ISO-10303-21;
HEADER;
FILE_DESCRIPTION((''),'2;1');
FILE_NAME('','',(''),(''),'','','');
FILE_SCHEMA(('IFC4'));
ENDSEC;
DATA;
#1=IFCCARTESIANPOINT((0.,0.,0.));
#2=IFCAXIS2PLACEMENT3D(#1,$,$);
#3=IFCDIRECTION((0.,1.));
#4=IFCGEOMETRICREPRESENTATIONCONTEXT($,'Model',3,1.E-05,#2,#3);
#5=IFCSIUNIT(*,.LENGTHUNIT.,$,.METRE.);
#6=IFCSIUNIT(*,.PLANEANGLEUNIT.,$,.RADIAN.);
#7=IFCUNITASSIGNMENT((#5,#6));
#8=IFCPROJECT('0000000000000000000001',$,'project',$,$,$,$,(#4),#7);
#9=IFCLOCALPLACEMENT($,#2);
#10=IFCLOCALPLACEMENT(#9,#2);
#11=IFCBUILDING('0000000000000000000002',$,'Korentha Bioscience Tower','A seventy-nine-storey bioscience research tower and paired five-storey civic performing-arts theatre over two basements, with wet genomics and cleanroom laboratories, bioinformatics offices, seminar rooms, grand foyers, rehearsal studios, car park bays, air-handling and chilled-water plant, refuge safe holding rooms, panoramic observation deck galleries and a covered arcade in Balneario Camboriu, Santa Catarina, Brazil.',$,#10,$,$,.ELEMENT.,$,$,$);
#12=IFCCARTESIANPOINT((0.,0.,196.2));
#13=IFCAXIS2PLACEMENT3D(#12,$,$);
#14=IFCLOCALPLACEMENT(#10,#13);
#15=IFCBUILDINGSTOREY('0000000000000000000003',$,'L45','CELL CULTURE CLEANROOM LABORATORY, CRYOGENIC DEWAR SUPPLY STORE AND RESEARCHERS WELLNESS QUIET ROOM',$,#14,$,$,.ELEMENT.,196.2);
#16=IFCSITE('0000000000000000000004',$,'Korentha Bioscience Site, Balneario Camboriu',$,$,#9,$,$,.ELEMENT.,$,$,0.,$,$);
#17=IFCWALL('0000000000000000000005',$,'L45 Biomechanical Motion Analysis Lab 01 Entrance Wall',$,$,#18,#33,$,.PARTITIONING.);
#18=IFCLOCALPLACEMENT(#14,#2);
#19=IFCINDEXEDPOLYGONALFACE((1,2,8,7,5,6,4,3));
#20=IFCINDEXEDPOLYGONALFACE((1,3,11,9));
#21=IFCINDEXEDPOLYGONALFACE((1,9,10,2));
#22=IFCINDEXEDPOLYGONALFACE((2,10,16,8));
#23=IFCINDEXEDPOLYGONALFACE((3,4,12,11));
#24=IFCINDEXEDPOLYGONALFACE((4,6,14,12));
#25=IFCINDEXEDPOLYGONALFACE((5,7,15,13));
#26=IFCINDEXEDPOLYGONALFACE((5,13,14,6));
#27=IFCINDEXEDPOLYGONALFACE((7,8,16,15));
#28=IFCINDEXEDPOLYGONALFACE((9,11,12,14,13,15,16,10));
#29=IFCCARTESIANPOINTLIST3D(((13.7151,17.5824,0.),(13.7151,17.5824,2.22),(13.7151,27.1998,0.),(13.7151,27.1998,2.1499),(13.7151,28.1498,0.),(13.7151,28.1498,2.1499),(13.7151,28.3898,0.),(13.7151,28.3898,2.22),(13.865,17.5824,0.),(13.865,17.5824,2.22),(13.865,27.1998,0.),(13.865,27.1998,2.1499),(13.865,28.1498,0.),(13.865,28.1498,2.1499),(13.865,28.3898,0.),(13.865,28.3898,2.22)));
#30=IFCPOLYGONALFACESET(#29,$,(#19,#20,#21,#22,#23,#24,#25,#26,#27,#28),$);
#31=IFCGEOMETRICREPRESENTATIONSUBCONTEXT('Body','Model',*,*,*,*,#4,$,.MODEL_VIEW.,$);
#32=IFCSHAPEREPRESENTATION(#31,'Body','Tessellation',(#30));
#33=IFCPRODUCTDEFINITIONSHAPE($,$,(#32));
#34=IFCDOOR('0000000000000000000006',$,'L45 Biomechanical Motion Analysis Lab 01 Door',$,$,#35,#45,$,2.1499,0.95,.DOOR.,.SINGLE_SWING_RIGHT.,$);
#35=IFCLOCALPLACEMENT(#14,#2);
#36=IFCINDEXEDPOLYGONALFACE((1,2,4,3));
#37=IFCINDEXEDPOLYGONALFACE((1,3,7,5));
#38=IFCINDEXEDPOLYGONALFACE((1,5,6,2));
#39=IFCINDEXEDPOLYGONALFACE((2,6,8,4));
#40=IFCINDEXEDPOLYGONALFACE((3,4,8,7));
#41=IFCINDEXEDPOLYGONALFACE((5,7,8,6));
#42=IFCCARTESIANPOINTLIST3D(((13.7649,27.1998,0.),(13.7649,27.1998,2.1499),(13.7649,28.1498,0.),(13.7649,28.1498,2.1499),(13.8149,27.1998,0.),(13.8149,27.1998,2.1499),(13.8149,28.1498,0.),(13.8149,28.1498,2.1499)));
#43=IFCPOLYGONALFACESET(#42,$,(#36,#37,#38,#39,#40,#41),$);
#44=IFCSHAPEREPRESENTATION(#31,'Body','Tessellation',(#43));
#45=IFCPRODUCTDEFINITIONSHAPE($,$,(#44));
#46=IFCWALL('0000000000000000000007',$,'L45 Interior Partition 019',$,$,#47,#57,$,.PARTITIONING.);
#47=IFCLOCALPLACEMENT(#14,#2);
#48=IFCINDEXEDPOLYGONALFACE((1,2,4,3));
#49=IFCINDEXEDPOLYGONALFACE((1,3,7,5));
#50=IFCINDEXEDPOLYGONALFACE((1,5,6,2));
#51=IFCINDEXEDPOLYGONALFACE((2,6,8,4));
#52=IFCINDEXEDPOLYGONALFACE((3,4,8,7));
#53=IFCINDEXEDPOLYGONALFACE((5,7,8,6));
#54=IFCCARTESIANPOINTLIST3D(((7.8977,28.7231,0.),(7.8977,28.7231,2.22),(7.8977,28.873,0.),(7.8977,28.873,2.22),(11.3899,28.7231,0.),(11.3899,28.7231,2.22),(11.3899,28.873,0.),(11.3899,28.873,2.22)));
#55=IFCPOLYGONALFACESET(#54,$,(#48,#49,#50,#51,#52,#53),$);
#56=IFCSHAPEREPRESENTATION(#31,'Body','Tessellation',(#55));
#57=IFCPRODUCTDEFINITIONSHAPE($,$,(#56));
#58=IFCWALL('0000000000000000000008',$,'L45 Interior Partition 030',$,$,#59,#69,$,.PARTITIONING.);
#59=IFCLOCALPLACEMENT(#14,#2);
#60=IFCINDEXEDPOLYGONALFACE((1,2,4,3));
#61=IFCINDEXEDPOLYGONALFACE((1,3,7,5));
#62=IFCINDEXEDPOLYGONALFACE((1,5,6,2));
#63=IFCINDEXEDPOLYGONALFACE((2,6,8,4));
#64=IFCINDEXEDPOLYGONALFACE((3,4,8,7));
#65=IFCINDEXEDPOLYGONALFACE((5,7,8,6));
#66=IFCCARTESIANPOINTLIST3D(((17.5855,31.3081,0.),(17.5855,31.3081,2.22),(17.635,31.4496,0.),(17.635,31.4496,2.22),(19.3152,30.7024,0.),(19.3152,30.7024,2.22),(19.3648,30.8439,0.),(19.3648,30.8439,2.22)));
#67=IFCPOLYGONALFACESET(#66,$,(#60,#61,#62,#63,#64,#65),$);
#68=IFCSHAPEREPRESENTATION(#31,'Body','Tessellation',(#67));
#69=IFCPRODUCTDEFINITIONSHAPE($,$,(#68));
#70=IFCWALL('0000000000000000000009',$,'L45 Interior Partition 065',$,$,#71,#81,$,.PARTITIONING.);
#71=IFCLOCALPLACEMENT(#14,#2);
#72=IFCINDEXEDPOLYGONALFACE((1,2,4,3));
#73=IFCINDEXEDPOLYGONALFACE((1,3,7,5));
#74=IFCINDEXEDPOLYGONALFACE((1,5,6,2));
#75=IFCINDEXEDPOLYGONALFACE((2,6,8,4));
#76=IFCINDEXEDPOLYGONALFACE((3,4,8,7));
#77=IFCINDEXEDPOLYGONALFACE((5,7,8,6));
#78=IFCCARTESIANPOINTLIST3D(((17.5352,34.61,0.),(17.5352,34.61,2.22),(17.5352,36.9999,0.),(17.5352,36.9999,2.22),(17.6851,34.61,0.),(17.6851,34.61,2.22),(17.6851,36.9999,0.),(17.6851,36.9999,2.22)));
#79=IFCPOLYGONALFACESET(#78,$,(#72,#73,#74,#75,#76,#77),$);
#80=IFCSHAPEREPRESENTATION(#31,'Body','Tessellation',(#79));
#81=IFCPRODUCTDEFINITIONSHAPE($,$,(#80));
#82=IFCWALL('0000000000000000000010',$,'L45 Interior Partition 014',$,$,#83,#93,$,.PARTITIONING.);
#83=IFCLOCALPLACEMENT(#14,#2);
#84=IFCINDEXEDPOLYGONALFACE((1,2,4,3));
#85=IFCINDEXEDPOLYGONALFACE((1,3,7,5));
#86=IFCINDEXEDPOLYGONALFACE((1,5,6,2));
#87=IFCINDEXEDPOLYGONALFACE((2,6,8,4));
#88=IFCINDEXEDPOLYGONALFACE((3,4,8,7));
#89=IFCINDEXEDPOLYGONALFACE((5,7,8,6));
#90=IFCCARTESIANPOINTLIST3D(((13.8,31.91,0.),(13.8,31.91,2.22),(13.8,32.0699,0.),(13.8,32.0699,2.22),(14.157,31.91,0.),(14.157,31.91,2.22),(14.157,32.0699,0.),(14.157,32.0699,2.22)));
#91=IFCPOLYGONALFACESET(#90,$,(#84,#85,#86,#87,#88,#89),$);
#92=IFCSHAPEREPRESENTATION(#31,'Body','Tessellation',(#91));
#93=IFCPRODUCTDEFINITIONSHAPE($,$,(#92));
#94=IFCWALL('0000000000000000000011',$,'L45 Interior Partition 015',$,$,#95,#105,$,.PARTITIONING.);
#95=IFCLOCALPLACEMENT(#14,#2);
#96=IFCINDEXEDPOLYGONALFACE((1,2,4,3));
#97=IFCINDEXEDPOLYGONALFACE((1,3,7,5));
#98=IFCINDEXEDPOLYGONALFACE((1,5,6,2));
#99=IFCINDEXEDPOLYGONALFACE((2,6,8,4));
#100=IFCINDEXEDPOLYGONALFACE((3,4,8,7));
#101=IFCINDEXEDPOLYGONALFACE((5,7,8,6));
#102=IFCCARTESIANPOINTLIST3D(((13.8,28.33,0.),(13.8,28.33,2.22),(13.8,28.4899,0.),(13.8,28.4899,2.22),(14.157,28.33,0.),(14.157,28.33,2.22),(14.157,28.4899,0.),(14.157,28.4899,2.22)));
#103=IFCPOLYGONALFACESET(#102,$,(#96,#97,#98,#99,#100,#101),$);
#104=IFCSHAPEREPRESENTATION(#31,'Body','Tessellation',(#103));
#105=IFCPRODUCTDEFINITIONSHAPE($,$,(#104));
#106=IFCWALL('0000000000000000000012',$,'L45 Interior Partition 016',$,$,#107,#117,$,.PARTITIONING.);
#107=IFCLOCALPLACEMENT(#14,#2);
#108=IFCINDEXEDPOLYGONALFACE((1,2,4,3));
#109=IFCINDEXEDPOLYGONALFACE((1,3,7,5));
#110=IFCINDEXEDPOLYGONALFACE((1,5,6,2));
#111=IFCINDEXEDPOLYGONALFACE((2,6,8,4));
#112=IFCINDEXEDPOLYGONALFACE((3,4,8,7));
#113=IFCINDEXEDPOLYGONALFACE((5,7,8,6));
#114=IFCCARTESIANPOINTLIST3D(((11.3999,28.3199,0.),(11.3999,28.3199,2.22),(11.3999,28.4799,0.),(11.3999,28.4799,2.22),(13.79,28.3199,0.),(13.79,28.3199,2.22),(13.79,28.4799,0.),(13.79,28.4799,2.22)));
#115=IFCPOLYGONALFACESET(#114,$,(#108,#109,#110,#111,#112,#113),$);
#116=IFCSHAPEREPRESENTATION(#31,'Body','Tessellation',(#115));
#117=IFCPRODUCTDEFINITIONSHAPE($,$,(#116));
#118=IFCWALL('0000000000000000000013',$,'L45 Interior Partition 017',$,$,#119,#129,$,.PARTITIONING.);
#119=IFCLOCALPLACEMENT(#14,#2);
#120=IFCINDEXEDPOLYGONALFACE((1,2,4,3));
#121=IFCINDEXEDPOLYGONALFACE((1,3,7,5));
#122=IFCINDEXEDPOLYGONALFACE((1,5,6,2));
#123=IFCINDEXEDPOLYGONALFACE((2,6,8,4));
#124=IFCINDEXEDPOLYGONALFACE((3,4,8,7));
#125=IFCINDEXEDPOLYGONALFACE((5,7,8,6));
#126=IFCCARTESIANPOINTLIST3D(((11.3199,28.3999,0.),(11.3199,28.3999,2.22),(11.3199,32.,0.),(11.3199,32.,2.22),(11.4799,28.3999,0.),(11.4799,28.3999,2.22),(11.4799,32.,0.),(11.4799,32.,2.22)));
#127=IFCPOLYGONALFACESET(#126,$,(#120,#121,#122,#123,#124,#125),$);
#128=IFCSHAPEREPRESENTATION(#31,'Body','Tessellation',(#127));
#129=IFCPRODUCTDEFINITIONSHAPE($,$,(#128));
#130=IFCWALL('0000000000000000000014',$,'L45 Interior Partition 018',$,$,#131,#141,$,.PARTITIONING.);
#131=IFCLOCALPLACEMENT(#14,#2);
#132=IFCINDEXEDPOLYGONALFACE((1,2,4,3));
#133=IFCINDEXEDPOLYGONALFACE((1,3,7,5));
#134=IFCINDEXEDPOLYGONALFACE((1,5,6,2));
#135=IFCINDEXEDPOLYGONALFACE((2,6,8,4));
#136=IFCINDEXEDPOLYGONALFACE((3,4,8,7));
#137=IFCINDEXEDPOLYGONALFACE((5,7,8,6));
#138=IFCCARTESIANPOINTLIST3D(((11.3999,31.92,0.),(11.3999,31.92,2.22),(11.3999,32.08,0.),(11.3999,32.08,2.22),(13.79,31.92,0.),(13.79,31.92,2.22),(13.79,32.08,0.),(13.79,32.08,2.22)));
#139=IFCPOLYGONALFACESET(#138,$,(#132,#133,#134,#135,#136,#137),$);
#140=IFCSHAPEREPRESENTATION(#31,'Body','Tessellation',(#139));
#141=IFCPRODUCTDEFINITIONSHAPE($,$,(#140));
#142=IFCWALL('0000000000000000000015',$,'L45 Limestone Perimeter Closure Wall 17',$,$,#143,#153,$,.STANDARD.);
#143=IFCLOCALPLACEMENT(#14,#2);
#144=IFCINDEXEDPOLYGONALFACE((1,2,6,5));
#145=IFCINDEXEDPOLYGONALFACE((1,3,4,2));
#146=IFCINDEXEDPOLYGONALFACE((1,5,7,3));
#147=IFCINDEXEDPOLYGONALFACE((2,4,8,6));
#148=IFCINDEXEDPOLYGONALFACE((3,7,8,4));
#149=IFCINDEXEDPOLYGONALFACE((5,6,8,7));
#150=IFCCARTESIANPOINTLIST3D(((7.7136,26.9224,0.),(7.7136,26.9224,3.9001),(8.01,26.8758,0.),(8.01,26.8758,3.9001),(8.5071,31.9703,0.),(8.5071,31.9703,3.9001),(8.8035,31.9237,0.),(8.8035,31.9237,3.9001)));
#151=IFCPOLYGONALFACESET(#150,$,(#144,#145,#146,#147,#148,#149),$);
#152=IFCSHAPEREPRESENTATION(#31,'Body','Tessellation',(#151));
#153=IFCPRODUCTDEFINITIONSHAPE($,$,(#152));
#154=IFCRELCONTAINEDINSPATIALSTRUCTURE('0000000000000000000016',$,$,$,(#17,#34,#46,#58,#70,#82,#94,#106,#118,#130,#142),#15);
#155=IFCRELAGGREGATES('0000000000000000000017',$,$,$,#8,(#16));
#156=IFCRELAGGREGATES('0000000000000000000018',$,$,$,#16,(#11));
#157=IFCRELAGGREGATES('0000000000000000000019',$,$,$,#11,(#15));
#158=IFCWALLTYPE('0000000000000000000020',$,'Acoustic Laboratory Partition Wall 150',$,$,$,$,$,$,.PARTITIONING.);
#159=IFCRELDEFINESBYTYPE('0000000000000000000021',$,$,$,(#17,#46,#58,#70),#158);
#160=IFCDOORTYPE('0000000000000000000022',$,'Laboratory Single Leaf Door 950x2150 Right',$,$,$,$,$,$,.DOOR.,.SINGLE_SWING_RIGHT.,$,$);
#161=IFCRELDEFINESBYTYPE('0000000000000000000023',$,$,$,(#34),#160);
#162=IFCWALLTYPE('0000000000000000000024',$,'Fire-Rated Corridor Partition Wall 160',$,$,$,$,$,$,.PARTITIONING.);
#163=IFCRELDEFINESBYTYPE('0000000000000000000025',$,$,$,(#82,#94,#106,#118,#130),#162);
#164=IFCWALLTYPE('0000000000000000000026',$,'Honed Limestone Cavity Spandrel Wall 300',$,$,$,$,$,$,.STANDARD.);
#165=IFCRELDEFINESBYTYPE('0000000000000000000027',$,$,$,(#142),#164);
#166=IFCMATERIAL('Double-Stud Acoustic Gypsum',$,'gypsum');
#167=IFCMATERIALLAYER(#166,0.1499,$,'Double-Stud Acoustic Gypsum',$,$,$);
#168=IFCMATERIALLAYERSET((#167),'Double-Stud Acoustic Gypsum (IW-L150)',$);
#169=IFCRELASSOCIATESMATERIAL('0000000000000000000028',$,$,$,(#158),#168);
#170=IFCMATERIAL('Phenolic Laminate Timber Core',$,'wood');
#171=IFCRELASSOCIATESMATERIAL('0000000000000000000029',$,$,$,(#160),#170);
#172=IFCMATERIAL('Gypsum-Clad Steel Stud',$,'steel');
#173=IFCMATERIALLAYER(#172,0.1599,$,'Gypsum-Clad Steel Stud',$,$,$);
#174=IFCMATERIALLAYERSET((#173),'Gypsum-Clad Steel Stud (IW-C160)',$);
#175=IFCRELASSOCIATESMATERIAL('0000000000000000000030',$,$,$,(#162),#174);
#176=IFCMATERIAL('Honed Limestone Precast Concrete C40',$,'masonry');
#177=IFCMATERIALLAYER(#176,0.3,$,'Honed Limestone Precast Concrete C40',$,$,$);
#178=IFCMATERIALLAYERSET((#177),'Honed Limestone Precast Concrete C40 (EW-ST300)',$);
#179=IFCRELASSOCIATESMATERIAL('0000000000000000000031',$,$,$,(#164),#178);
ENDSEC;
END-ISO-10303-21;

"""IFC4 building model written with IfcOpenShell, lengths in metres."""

from ifc_helpers import new_model, si_unit, direction, frame, frame_2d, origin, place, context, subcontext, project, spatial, rectangle, extrude, material, layer, layer_set, type_object, element, fill, save


model = new_model("IFC4")

# Units and contexts
model_context = context("Model", 3, precision=1e-05, world=origin(), true_north=direction((0.0, 1.0)))
body_context = subcontext(model_context, "Body", "Model", "MODEL_VIEW")
ifc_project = project(units=[si_unit("LENGTHUNIT", "METRE"), si_unit("PLANEANGLEUNIT", "RADIAN")], contexts=[model_context])

# Site, building, storey
site_placement = place(None, origin())
site = spatial("IfcSite", under=ifc_project, at=site_placement, Name="Korentha Bioscience Site, Balneario Camboriu", CompositionType="ELEMENT", RefElevation=0.0)
building_placement = place(site_placement, origin())
building = spatial("IfcBuilding", under=site, at=building_placement, Name="Korentha Bioscience Tower", Description="A seventy-nine-storey bioscience research tower and paired five-storey civic performing-arts theatre over two basements, with wet genomics and cleanroom laboratories, bioinformatics offices, seminar rooms, grand foyers, rehearsal studios, car park bays, air-handling and chilled-water plant, refuge safe holding rooms, panoramic observation deck galleries and a covered arcade in Balneario Camboriu, Santa Catarina, Brazil.", CompositionType="ELEMENT")
storey_placement = place(building_placement, frame((0.0, 0.0, 196.2)))
storey = spatial("IfcBuildingStorey", under=building, at=storey_placement, Name="L45", Description="CELL CULTURE CLEANROOM LABORATORY, CRYOGENIC DEWAR SUPPLY STORE AND RESEARCHERS WELLNESS QUIET ROOM", CompositionType="ELEMENT", Elevation=196.2)

# Wall, opening, door
ifc_material_1 = material(Name="Double-Stud Acoustic Gypsum", Category="gypsum")
ifc_layer_1 = layer(ifc_material_1, 0.1499, Name="Double-Stud Acoustic Gypsum")
ifc_layer_set_1 = layer_set([ifc_layer_1], Name="Double-Stud Acoustic Gypsum (IW-L150)")
wall_type_1 = type_object("IfcWallType", Name="Acoustic Laboratory Partition Wall 150", PredefinedType="PARTITIONING", material=ifc_layer_set_1)
wall_1_placement = place(storey_placement, frame((13.79, 28.3899, 0.0), z_axis=(0.0, 0.0, 1.0), x_axis=(0.0, -1.0, 0.0)))
wall_1 = element("IfcWall", 1, at=wall_1_placement, inside=storey, type_object=wall_type_1, Name="L45 Biomechanical Motion Analysis Lab 01 Entrance Wall", PredefinedType="PARTITIONING", context=body_context, shape_type="SweptSolid", body=[
    extrude(rectangle(XDim=10.8074, YDim=0.1499, at=frame_2d((5.4038, 0.0))), origin(), (0.0, 0.0, 1.0), 2.22),
])
opening_1_placement = place(wall_1_placement, frame((0.24, 0.0, 0.0)))
opening_1 = element("IfcOpeningElement", 2, at=opening_1_placement, cuts=wall_1, PredefinedType="OPENING", context=body_context, shape_type="SweptSolid", body=[
    extrude(rectangle(XDim=0.95, YDim=2.1499, at=frame_2d((0.4751, 1.075))), frame((0.0, 0.0898, 0.0), z_axis=(0.0, -1.0, 0.0), x_axis=(1.0, 0.0, 0.0)), (0.0, 0.0, 1.0), 0.1797),
])
ifc_material_2 = material(Name="Phenolic Laminate Timber Core", Category="wood")
door_type_1 = type_object("IfcDoorType", Name="Laboratory Single Leaf Door 950x2150 Right", OperationType="SINGLE_SWING_RIGHT", PredefinedType="DOOR", material=ifc_material_2)
door_1_placement = place(opening_1_placement, origin())
door_1 = element("IfcDoor", 3, at=door_1_placement, inside=storey, type_object=door_type_1, Name="L45 Biomechanical Motion Analysis Lab 01 Door", OperationType="SINGLE_SWING_RIGHT", OverallHeight=2.1499, OverallWidth=0.95, PredefinedType="DOOR", context=body_context, shape_type="SweptSolid", body=[
    extrude(rectangle(XDim=0.95, YDim=2.1499, at=frame_2d((0.4751, 1.075))), frame((0.0, 0.0249, 0.0), z_axis=(0.0, -1.0, 0.0), x_axis=(1.0, 0.0, 0.0)), (0.0, 0.0, 1.0), 0.05),
])
fill(opening_1, door_1)

# Walls
wall_2_placement = place(storey_placement, frame((7.8977, 28.7981, 0.0), z_axis=(0.0, 0.0, 1.0), x_axis=(1.0, 0.0, 0.0)))
element("IfcWall", 4, at=wall_2_placement, inside=storey, type_object=wall_type_1, Name="L45 Interior Partition 019", PredefinedType="PARTITIONING", context=body_context, shape_type="SweptSolid", body=[
    extrude(rectangle(XDim=3.4922, YDim=0.1499, at=frame_2d((1.7461, 0.0))), origin(), (0.0, 0.0, 1.0), 2.22),
])
wall_3_placement = place(storey_placement, frame((17.6101, 31.3789, 0.0), z_axis=(0.0, 0.0, 1.0), x_axis=(0.943806, -0.330499, 0.0)))
element("IfcWall", 5, at=wall_3_placement, inside=storey, type_object=wall_type_1, Name="L45 Interior Partition 030", PredefinedType="PARTITIONING", context=body_context, shape_type="SweptSolid", body=[
    extrude(rectangle(XDim=1.8328, YDim=0.1499, at=frame_2d((0.9165, 0.0))), origin(), (0.0, 0.0, 1.0), 2.22),
])
wall_4_placement = place(storey_placement, frame((17.6101, 34.6101, 0.0), z_axis=(0.0, 0.0, 1.0), x_axis=(0.0, 1.0, 0.0)))
element("IfcWall", 6, at=wall_4_placement, inside=storey, type_object=wall_type_1, Name="L45 Interior Partition 065", PredefinedType="PARTITIONING", context=body_context, shape_type="SweptSolid", body=[
    extrude(rectangle(XDim=2.3899, YDim=0.1499, at=frame_2d((1.1948, 0.0))), origin(), (0.0, 0.0, 1.0), 2.22),
])

# Shared definitions
ifc_material_3 = material(Name="Gypsum-Clad Steel Stud", Category="steel")
ifc_layer_2 = layer(ifc_material_3, 0.1599, Name="Gypsum-Clad Steel Stud")
ifc_layer_set_2 = layer_set([ifc_layer_2], Name="Gypsum-Clad Steel Stud (IW-C160)")
wall_type_2 = type_object("IfcWallType", Name="Fire-Rated Corridor Partition Wall 160", PredefinedType="PARTITIONING", material=ifc_layer_set_2)

# Walls
for number, where, z_axis, x_axis, name in (
    (7, (13.8, 31.99, 0.0), (0.0, 0.0, 1.0), (1.0, 0.0, 0.0), "L45 Interior Partition 014"),
    (8, (14.157, 28.4099, 0.0), (0.0, 0.0, 1.0), (-1.0, 0.0, 0.0), "L45 Interior Partition 015"),
):
    element("IfcWall", number, at=place(storey_placement, frame(where, z_axis=z_axis, x_axis=x_axis)), inside=storey, type_object=wall_type_2, Name=name, PredefinedType="PARTITIONING", context=body_context, shape_type="SweptSolid", body=[
        extrude(rectangle(XDim=0.3569, YDim=0.1599, at=frame_2d((0.1785, 0.0))), origin(), (0.0, 0.0, 1.0), 2.22),
    ])
wall_5_placement = place(storey_placement, frame((13.79, 28.3999, 0.0), z_axis=(0.0, 0.0, 1.0), x_axis=(-1.0, 0.0, 0.0)))
element("IfcWall", 9, at=wall_5_placement, inside=storey, type_object=wall_type_2, Name="L45 Interior Partition 016", PredefinedType="PARTITIONING", context=body_context, shape_type="SweptSolid", body=[
    extrude(rectangle(XDim=2.3901, YDim=0.1599, at=frame_2d((1.1951, 0.0))), origin(), (0.0, 0.0, 1.0), 2.22),
])
wall_6_placement = place(storey_placement, frame((11.3999, 28.3999, 0.0), z_axis=(0.0, 0.0, 1.0), x_axis=(0.0, 1.0, 0.0)))
element("IfcWall", 10, at=wall_6_placement, inside=storey, type_object=wall_type_2, Name="L45 Interior Partition 017", PredefinedType="PARTITIONING", context=body_context, shape_type="SweptSolid", body=[
    extrude(rectangle(XDim=3.6001, YDim=0.1599, at=frame_2d((1.8, 0.0))), origin(), (0.0, 0.0, 1.0), 2.22),
])
wall_7_placement = place(storey_placement, frame((11.3999, 32.0, 0.0), z_axis=(0.0, 0.0, 1.0), x_axis=(1.0, 0.0, 0.0)))
element("IfcWall", 11, at=wall_7_placement, inside=storey, type_object=wall_type_2, Name="L45 Interior Partition 018", PredefinedType="PARTITIONING", context=body_context, shape_type="SweptSolid", body=[
    extrude(rectangle(XDim=2.3901, YDim=0.1599, at=frame_2d((1.1951, 0.0))), origin(), (0.0, 0.0, 1.0), 2.22),
])

# Shared definitions
ifc_material_4 = material(Name="Honed Limestone Precast Concrete C40", Category="masonry")
ifc_layer_3 = layer(ifc_material_4, 0.3, Name="Honed Limestone Precast Concrete C40")
ifc_layer_set_3 = layer_set([ifc_layer_3], Name="Honed Limestone Precast Concrete C40 (EW-ST300)")
wall_type_3 = type_object("IfcWallType", Name="Honed Limestone Cavity Spandrel Wall 300", PredefinedType="STANDARD", material=ifc_layer_set_3)

# Wall
wall_8_placement = place(storey_placement, frame((8.6553, 31.947, 0.0), z_axis=(0.0, 0.0, 1.0), x_axis=(-0.15528, -0.98787, 0.0)))
element("IfcWall", 12, at=wall_8_placement, inside=storey, type_object=wall_type_3, Name="L45 Limestone Perimeter Closure Wall 17", PredefinedType="STANDARD", context=body_context, shape_type="SweptSolid", body=[
    extrude(rectangle(XDim=5.1099, YDim=0.3, at=frame_2d((2.5549, 0.0))), origin(), (0.0, 0.0, 1.0), 3.9001),
])

save(model, "model.ifc")
